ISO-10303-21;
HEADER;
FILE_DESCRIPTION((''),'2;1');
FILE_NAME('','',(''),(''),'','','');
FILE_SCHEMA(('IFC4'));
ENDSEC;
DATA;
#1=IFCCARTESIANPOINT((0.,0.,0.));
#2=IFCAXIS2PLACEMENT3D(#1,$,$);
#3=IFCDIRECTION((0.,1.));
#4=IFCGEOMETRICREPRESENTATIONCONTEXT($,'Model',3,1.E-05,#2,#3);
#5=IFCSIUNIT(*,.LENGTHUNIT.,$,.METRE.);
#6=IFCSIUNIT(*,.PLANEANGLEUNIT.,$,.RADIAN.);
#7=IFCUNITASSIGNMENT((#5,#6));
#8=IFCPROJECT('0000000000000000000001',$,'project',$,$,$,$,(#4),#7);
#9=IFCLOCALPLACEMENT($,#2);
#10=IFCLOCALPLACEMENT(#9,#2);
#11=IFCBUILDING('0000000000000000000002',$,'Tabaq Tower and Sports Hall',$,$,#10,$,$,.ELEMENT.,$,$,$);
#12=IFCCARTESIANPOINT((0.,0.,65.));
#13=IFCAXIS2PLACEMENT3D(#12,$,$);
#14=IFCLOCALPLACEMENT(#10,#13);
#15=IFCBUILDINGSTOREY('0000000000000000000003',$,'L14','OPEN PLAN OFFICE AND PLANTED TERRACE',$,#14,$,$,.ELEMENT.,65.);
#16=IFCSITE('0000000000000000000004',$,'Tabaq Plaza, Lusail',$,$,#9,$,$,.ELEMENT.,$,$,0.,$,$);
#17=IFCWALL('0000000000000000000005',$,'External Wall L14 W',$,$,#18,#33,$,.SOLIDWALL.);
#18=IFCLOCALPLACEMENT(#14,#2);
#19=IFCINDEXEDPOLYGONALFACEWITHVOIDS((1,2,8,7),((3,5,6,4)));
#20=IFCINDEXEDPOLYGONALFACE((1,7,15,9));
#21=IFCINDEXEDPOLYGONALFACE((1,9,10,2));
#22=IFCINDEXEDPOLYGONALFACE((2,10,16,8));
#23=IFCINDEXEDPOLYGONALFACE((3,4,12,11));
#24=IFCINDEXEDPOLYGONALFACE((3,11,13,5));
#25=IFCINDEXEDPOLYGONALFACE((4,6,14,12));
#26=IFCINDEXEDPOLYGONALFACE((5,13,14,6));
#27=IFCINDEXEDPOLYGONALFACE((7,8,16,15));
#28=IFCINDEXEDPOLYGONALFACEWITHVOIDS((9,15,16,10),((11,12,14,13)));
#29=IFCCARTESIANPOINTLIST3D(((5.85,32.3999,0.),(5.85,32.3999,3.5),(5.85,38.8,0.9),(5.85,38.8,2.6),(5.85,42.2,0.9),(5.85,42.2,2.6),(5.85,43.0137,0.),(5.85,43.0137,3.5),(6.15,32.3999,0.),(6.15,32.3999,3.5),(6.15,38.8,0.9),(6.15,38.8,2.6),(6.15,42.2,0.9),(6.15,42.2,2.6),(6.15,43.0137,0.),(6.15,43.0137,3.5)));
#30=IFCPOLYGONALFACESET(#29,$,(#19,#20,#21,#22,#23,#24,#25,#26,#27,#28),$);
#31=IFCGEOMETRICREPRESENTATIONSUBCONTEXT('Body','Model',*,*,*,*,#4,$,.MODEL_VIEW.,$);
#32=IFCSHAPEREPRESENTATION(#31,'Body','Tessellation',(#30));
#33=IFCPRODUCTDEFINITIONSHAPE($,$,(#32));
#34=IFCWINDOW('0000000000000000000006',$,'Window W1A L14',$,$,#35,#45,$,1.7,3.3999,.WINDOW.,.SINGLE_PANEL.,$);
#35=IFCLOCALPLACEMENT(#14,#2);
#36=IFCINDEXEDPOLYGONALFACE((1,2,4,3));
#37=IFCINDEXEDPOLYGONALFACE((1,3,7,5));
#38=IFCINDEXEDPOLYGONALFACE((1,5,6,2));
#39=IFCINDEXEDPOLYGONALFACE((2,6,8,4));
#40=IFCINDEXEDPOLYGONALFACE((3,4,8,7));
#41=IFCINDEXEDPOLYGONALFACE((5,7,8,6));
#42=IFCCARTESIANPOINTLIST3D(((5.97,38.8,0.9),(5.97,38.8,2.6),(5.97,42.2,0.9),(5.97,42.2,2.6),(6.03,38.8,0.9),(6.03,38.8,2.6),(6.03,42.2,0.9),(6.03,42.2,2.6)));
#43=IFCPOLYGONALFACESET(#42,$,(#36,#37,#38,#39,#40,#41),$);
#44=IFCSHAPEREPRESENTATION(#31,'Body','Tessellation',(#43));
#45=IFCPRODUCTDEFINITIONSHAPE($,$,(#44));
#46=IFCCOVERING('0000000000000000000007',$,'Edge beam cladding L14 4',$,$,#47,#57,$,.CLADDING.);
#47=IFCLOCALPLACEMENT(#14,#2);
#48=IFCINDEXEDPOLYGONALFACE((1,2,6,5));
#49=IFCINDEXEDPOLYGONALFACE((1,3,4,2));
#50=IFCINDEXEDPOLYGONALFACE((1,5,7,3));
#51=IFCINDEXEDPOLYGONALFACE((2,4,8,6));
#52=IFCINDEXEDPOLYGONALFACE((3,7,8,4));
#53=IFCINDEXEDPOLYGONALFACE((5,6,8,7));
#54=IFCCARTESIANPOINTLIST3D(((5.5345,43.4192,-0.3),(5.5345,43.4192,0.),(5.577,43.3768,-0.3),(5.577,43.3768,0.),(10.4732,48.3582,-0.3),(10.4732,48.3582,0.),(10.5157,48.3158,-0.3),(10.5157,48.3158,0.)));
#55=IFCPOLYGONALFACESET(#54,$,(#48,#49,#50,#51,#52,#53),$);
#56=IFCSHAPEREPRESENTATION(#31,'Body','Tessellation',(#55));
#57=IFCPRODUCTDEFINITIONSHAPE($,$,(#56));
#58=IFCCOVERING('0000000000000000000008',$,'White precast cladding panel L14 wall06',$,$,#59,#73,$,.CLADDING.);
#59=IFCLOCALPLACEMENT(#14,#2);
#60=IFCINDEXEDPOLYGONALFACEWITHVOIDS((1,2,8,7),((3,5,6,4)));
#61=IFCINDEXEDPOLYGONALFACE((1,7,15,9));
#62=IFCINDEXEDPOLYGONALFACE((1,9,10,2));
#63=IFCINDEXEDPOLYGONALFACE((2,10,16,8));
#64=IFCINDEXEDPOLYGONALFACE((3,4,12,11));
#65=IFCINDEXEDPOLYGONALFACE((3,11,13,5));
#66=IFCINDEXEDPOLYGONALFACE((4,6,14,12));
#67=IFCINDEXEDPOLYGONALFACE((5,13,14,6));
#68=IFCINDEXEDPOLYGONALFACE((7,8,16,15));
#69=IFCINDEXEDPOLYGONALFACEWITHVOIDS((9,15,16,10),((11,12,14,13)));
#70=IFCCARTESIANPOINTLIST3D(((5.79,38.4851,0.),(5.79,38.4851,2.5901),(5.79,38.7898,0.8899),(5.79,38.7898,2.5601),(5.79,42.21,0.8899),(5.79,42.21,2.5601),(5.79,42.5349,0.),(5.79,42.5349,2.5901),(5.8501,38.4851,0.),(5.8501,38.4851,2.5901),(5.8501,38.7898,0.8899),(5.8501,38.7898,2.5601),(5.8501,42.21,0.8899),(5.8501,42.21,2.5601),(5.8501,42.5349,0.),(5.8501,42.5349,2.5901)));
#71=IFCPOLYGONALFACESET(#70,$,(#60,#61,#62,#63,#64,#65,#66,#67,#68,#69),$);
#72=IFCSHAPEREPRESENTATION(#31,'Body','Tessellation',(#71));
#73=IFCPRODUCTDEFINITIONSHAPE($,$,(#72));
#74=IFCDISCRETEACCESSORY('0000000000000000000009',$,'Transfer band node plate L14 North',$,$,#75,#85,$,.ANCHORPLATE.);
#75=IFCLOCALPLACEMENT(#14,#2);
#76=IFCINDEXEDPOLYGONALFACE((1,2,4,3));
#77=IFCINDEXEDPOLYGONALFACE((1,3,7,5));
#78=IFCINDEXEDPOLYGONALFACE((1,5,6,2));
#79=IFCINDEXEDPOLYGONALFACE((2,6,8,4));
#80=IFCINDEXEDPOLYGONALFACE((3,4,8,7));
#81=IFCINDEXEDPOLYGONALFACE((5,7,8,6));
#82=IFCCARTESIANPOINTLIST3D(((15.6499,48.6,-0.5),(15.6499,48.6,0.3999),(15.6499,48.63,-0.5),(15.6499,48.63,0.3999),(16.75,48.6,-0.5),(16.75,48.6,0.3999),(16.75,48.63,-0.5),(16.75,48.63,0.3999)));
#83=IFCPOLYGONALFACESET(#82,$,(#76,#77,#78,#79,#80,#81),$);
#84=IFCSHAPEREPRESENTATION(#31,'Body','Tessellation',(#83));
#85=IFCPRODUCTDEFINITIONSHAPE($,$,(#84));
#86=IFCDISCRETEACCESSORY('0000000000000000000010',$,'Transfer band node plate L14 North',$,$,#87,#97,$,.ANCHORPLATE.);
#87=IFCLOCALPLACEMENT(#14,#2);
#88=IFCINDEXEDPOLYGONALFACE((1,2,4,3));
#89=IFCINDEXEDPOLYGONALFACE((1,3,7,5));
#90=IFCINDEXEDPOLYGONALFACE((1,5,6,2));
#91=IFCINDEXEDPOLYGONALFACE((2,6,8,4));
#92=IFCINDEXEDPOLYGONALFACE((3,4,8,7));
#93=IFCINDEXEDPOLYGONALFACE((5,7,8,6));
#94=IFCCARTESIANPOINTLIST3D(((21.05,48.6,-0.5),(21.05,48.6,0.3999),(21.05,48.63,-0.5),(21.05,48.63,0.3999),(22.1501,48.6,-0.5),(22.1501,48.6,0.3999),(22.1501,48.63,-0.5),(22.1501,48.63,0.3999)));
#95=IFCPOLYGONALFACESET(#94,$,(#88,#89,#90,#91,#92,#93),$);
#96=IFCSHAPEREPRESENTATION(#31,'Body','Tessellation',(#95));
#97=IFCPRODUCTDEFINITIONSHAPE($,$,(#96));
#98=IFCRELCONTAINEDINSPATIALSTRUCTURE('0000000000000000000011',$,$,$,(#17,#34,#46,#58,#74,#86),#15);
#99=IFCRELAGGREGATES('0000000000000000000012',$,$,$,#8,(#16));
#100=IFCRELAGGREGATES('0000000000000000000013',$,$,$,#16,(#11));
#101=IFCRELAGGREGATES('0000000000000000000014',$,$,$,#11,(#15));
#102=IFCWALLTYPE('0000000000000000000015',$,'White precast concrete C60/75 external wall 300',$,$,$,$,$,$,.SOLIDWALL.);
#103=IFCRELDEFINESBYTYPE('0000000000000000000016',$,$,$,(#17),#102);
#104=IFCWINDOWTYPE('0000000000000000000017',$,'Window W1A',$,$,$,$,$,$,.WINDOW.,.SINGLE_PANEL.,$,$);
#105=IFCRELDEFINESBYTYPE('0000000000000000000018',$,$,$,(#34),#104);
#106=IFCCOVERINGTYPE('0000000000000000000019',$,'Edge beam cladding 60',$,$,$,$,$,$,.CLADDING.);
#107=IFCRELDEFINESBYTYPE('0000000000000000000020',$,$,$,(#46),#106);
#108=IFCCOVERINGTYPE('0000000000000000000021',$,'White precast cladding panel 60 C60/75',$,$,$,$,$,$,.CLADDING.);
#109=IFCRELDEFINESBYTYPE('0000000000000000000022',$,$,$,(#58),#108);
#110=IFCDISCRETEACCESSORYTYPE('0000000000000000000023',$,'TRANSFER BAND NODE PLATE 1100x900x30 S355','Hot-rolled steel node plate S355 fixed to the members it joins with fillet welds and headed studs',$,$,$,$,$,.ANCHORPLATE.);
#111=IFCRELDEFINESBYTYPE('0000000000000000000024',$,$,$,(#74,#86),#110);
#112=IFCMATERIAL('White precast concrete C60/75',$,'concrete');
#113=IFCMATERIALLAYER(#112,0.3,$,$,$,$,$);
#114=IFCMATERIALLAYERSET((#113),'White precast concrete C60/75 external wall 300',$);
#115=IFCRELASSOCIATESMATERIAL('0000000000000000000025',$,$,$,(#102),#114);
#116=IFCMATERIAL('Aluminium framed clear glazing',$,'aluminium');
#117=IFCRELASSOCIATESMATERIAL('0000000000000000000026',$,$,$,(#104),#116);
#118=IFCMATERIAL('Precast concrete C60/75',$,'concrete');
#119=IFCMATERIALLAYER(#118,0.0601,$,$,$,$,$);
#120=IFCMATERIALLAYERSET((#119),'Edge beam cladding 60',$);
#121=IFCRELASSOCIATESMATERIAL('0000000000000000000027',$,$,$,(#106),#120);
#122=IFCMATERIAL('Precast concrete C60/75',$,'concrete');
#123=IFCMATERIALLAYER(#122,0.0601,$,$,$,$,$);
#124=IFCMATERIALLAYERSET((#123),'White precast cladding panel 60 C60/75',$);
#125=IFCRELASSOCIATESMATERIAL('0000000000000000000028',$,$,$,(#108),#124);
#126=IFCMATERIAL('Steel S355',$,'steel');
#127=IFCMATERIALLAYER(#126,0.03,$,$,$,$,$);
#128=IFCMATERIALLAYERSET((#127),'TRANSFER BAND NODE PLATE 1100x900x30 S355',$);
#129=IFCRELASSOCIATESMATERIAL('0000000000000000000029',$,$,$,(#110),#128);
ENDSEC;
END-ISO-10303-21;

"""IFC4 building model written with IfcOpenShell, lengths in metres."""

from ifc_helpers import new_model, si_unit, direction, frame, frame_2d, origin, origin_2d, place, context, subcontext, project, spatial, polyline, rectangle, outline, extrude, material, layer, layer_set, type_object, element, fill, save


model = new_model("IFC4")

# Units and contexts
model_context = context("Model", 3, precision=1e-05, world=origin(), true_north=direction((0.0, 1.0)))
body_context = subcontext(model_context, "Body", "Model", "MODEL_VIEW")
ifc_project = project(units=[si_unit("LENGTHUNIT", "METRE"), si_unit("PLANEANGLEUNIT", "RADIAN")], contexts=[model_context])

# Site, building, storey
site_placement = place(None, origin())
site = spatial("IfcSite", under=ifc_project, at=site_placement, Name="Tabaq Plaza, Lusail", CompositionType="ELEMENT", RefElevation=0.0)
building_placement = place(site_placement, origin())
building = spatial("IfcBuilding", under=site, at=building_placement, Name="Tabaq Tower and Sports Hall", CompositionType="ELEMENT")
storey_placement = place(building_placement, frame((0.0, 0.0, 65.0)))
storey = spatial("IfcBuildingStorey", under=building, at=storey_placement, Name="L14", Description="OPEN PLAN OFFICE AND PLANTED TERRACE", CompositionType="ELEMENT", Elevation=65.0)

# Wall, opening, window
ifc_material_1 = material(Name="White precast concrete C60/75", Category="concrete")
ifc_layer_1 = layer(ifc_material_1, 0.3)
ifc_layer_set_1 = layer_set([ifc_layer_1], Name="White precast concrete C60/75 external wall 300")
wall_type_1 = type_object("IfcWallType", Name="White precast concrete C60/75 external wall 300", PredefinedType="SOLIDWALL", material=ifc_layer_set_1)
wall_1_placement = place(storey_placement, frame((6.0, 43.0137, 0.0), z_axis=(0.0, 0.0, 1.0), x_axis=(0.0, -1.0, 0.0)))
wall_1 = element("IfcWall", 1, at=wall_1_placement, inside=storey, type_object=wall_type_1, Name="External Wall L14 W", PredefinedType="SOLIDWALL", context=body_context, shape_type="SweptSolid", body=[
    extrude(rectangle(XDim=10.6138, YDim=0.3, at=frame_2d((5.3069, 0.0))), origin(), (0.0, 0.0, 1.0), 3.5),
])
opening_1_placement = place(wall_1_placement, frame((0.8137, 0.0, 0.8999)))
opening_1 = element("IfcOpeningElement", 2, at=opening_1_placement, cuts=wall_1, PredefinedType="OPENING", context=body_context, shape_type="SweptSolid", body=[
    extrude(rectangle(XDim=3.3999, YDim=1.7, at=frame_2d((1.7, 0.8501))), frame((0.0, 0.1602, 0.0), z_axis=(0.0, -1.0, 0.0), x_axis=(1.0, 0.0, 0.0)), (0.0, 0.0, 1.0), 0.3201),
])
ifc_material_2 = material(Name="Aluminium framed clear glazing", Category="aluminium")
window_type = type_object("IfcWindowType", Name="Window W1A", PartitioningType="SINGLE_PANEL", PredefinedType="WINDOW", material=ifc_material_2)
window_placement = place(opening_1_placement, origin())
window = element("IfcWindow", 3, at=window_placement, inside=storey, type_object=window_type, Name="Window W1A L14", OverallHeight=1.7, OverallWidth=3.3999, PartitioningType="SINGLE_PANEL", PredefinedType="WINDOW", context=body_context, shape_type="SweptSolid", body=[
    extrude(rectangle(XDim=3.3999, YDim=1.7, at=frame_2d((1.7, 0.8501))), frame((0.0, 0.03, 0.0), z_axis=(0.0, -1.0, 0.0), x_axis=(1.0, 0.0, 0.0)), (0.0, 0.0, 1.0), 0.0601),
])
fill(opening_1, window)

# Coverings
ifc_material_3 = material(Name="Precast concrete C60/75", Category="concrete")
ifc_layer_2 = layer(ifc_material_3, 0.0601)
ifc_layer_set_2 = layer_set([ifc_layer_2], Name="Edge beam cladding 60")
covering_type_1 = type_object("IfcCoveringType", Name="Edge beam cladding 60", PredefinedType="CLADDING", material=ifc_layer_set_2)
covering_1_placement = place(storey_placement, frame((10.4944, 48.3369, -0.3), z_axis=(0.0, 0.0, 1.0), x_axis=(-0.707089, -0.707124, 0.0)))
element("IfcCovering", 4, at=covering_1_placement, inside=storey, type_object=covering_type_1, Name="Edge beam cladding L14 4", PredefinedType="CLADDING", context=body_context, shape_type="SweptSolid", body=[
    extrude(rectangle(XDim=6.9846, YDim=0.0601, at=frame_2d((3.4922, 0.0))), origin(), (0.0, 0.0, 1.0), 0.3),
])
ifc_material_4 = material(Name="Precast concrete C60/75", Category="concrete")
ifc_layer_3 = layer(ifc_material_4, 0.0601)
ifc_layer_set_3 = layer_set([ifc_layer_3], Name="White precast cladding panel 60 C60/75")
covering_type_2 = type_object("IfcCoveringType", Name="White precast cladding panel 60 C60/75", PredefinedType="CLADDING", material=ifc_layer_set_3)
covering_2_placement = place(storey_placement, frame((5.8201, 42.5349, 0.0), z_axis=(0.0, 0.0, 1.0), x_axis=(0.0, -1.0, 0.0)))
element("IfcCovering", 5, at=covering_2_placement, inside=storey, type_object=covering_type_2, Name="White precast cladding panel L14 wall06", PredefinedType="CLADDING", context=body_context, shape_type="SweptSolid", body=[
    extrude(outline(polyline([(0.0, 0.0), (4.0498, 0.0), (4.0498, 2.5901), (0.0, 2.5901), (0.0, 0.0)]), holes=[polyline([(3.7451, 0.8899), (0.325, 0.8899), (0.325, 2.5601), (3.7451, 2.5601), (3.7451, 0.8899)])]), frame((0.0, 0.03, 0.0), z_axis=(0.0, -1.0, 0.0), x_axis=(1.0, 0.0, 0.0)), (0.0, 0.0, 1.0), 0.0601),
])

# Discrete accessories
ifc_material_5 = material(Name="Steel S355", Category="steel")
ifc_layer_4 = layer(ifc_material_5, 0.03)
ifc_layer_set_4 = layer_set([ifc_layer_4], Name="TRANSFER BAND NODE PLATE 1100x900x30 S355")
discrete_accessory_type = type_object("IfcDiscreteAccessoryType", Name="TRANSFER BAND NODE PLATE 1100x900x30 S355", Description="Hot-rolled steel node plate S355 fixed to the members it joins with fillet welds and headed studs", PredefinedType="ANCHORPLATE", material=ifc_layer_set_4)
for number, where, z_axis, x_axis, name in (
    (6, (16.2, 48.615, -0.5), (0.0, 0.0, 1.0), (-1.0, 0.0, 0.0), "Transfer band node plate L14 North"),
    (7, (21.6001, 48.615, -0.5), (0.0, 0.0, 1.0), (-1.0, 0.0, 0.0), "Transfer band node plate L14 North"),
):
    element("IfcDiscreteAccessory", number, at=place(storey_placement, frame(where, z_axis=z_axis, x_axis=x_axis)), inside=storey, type_object=discrete_accessory_type, Name=name, PredefinedType="ANCHORPLATE", context=body_context, shape_type="SweptSolid", body=[
        extrude(rectangle(XDim=1.1001, YDim=0.03, at=origin_2d()), origin(), (0.0, 0.0, 1.0), 0.8999),
    ])

save(model, "model.ifc")
